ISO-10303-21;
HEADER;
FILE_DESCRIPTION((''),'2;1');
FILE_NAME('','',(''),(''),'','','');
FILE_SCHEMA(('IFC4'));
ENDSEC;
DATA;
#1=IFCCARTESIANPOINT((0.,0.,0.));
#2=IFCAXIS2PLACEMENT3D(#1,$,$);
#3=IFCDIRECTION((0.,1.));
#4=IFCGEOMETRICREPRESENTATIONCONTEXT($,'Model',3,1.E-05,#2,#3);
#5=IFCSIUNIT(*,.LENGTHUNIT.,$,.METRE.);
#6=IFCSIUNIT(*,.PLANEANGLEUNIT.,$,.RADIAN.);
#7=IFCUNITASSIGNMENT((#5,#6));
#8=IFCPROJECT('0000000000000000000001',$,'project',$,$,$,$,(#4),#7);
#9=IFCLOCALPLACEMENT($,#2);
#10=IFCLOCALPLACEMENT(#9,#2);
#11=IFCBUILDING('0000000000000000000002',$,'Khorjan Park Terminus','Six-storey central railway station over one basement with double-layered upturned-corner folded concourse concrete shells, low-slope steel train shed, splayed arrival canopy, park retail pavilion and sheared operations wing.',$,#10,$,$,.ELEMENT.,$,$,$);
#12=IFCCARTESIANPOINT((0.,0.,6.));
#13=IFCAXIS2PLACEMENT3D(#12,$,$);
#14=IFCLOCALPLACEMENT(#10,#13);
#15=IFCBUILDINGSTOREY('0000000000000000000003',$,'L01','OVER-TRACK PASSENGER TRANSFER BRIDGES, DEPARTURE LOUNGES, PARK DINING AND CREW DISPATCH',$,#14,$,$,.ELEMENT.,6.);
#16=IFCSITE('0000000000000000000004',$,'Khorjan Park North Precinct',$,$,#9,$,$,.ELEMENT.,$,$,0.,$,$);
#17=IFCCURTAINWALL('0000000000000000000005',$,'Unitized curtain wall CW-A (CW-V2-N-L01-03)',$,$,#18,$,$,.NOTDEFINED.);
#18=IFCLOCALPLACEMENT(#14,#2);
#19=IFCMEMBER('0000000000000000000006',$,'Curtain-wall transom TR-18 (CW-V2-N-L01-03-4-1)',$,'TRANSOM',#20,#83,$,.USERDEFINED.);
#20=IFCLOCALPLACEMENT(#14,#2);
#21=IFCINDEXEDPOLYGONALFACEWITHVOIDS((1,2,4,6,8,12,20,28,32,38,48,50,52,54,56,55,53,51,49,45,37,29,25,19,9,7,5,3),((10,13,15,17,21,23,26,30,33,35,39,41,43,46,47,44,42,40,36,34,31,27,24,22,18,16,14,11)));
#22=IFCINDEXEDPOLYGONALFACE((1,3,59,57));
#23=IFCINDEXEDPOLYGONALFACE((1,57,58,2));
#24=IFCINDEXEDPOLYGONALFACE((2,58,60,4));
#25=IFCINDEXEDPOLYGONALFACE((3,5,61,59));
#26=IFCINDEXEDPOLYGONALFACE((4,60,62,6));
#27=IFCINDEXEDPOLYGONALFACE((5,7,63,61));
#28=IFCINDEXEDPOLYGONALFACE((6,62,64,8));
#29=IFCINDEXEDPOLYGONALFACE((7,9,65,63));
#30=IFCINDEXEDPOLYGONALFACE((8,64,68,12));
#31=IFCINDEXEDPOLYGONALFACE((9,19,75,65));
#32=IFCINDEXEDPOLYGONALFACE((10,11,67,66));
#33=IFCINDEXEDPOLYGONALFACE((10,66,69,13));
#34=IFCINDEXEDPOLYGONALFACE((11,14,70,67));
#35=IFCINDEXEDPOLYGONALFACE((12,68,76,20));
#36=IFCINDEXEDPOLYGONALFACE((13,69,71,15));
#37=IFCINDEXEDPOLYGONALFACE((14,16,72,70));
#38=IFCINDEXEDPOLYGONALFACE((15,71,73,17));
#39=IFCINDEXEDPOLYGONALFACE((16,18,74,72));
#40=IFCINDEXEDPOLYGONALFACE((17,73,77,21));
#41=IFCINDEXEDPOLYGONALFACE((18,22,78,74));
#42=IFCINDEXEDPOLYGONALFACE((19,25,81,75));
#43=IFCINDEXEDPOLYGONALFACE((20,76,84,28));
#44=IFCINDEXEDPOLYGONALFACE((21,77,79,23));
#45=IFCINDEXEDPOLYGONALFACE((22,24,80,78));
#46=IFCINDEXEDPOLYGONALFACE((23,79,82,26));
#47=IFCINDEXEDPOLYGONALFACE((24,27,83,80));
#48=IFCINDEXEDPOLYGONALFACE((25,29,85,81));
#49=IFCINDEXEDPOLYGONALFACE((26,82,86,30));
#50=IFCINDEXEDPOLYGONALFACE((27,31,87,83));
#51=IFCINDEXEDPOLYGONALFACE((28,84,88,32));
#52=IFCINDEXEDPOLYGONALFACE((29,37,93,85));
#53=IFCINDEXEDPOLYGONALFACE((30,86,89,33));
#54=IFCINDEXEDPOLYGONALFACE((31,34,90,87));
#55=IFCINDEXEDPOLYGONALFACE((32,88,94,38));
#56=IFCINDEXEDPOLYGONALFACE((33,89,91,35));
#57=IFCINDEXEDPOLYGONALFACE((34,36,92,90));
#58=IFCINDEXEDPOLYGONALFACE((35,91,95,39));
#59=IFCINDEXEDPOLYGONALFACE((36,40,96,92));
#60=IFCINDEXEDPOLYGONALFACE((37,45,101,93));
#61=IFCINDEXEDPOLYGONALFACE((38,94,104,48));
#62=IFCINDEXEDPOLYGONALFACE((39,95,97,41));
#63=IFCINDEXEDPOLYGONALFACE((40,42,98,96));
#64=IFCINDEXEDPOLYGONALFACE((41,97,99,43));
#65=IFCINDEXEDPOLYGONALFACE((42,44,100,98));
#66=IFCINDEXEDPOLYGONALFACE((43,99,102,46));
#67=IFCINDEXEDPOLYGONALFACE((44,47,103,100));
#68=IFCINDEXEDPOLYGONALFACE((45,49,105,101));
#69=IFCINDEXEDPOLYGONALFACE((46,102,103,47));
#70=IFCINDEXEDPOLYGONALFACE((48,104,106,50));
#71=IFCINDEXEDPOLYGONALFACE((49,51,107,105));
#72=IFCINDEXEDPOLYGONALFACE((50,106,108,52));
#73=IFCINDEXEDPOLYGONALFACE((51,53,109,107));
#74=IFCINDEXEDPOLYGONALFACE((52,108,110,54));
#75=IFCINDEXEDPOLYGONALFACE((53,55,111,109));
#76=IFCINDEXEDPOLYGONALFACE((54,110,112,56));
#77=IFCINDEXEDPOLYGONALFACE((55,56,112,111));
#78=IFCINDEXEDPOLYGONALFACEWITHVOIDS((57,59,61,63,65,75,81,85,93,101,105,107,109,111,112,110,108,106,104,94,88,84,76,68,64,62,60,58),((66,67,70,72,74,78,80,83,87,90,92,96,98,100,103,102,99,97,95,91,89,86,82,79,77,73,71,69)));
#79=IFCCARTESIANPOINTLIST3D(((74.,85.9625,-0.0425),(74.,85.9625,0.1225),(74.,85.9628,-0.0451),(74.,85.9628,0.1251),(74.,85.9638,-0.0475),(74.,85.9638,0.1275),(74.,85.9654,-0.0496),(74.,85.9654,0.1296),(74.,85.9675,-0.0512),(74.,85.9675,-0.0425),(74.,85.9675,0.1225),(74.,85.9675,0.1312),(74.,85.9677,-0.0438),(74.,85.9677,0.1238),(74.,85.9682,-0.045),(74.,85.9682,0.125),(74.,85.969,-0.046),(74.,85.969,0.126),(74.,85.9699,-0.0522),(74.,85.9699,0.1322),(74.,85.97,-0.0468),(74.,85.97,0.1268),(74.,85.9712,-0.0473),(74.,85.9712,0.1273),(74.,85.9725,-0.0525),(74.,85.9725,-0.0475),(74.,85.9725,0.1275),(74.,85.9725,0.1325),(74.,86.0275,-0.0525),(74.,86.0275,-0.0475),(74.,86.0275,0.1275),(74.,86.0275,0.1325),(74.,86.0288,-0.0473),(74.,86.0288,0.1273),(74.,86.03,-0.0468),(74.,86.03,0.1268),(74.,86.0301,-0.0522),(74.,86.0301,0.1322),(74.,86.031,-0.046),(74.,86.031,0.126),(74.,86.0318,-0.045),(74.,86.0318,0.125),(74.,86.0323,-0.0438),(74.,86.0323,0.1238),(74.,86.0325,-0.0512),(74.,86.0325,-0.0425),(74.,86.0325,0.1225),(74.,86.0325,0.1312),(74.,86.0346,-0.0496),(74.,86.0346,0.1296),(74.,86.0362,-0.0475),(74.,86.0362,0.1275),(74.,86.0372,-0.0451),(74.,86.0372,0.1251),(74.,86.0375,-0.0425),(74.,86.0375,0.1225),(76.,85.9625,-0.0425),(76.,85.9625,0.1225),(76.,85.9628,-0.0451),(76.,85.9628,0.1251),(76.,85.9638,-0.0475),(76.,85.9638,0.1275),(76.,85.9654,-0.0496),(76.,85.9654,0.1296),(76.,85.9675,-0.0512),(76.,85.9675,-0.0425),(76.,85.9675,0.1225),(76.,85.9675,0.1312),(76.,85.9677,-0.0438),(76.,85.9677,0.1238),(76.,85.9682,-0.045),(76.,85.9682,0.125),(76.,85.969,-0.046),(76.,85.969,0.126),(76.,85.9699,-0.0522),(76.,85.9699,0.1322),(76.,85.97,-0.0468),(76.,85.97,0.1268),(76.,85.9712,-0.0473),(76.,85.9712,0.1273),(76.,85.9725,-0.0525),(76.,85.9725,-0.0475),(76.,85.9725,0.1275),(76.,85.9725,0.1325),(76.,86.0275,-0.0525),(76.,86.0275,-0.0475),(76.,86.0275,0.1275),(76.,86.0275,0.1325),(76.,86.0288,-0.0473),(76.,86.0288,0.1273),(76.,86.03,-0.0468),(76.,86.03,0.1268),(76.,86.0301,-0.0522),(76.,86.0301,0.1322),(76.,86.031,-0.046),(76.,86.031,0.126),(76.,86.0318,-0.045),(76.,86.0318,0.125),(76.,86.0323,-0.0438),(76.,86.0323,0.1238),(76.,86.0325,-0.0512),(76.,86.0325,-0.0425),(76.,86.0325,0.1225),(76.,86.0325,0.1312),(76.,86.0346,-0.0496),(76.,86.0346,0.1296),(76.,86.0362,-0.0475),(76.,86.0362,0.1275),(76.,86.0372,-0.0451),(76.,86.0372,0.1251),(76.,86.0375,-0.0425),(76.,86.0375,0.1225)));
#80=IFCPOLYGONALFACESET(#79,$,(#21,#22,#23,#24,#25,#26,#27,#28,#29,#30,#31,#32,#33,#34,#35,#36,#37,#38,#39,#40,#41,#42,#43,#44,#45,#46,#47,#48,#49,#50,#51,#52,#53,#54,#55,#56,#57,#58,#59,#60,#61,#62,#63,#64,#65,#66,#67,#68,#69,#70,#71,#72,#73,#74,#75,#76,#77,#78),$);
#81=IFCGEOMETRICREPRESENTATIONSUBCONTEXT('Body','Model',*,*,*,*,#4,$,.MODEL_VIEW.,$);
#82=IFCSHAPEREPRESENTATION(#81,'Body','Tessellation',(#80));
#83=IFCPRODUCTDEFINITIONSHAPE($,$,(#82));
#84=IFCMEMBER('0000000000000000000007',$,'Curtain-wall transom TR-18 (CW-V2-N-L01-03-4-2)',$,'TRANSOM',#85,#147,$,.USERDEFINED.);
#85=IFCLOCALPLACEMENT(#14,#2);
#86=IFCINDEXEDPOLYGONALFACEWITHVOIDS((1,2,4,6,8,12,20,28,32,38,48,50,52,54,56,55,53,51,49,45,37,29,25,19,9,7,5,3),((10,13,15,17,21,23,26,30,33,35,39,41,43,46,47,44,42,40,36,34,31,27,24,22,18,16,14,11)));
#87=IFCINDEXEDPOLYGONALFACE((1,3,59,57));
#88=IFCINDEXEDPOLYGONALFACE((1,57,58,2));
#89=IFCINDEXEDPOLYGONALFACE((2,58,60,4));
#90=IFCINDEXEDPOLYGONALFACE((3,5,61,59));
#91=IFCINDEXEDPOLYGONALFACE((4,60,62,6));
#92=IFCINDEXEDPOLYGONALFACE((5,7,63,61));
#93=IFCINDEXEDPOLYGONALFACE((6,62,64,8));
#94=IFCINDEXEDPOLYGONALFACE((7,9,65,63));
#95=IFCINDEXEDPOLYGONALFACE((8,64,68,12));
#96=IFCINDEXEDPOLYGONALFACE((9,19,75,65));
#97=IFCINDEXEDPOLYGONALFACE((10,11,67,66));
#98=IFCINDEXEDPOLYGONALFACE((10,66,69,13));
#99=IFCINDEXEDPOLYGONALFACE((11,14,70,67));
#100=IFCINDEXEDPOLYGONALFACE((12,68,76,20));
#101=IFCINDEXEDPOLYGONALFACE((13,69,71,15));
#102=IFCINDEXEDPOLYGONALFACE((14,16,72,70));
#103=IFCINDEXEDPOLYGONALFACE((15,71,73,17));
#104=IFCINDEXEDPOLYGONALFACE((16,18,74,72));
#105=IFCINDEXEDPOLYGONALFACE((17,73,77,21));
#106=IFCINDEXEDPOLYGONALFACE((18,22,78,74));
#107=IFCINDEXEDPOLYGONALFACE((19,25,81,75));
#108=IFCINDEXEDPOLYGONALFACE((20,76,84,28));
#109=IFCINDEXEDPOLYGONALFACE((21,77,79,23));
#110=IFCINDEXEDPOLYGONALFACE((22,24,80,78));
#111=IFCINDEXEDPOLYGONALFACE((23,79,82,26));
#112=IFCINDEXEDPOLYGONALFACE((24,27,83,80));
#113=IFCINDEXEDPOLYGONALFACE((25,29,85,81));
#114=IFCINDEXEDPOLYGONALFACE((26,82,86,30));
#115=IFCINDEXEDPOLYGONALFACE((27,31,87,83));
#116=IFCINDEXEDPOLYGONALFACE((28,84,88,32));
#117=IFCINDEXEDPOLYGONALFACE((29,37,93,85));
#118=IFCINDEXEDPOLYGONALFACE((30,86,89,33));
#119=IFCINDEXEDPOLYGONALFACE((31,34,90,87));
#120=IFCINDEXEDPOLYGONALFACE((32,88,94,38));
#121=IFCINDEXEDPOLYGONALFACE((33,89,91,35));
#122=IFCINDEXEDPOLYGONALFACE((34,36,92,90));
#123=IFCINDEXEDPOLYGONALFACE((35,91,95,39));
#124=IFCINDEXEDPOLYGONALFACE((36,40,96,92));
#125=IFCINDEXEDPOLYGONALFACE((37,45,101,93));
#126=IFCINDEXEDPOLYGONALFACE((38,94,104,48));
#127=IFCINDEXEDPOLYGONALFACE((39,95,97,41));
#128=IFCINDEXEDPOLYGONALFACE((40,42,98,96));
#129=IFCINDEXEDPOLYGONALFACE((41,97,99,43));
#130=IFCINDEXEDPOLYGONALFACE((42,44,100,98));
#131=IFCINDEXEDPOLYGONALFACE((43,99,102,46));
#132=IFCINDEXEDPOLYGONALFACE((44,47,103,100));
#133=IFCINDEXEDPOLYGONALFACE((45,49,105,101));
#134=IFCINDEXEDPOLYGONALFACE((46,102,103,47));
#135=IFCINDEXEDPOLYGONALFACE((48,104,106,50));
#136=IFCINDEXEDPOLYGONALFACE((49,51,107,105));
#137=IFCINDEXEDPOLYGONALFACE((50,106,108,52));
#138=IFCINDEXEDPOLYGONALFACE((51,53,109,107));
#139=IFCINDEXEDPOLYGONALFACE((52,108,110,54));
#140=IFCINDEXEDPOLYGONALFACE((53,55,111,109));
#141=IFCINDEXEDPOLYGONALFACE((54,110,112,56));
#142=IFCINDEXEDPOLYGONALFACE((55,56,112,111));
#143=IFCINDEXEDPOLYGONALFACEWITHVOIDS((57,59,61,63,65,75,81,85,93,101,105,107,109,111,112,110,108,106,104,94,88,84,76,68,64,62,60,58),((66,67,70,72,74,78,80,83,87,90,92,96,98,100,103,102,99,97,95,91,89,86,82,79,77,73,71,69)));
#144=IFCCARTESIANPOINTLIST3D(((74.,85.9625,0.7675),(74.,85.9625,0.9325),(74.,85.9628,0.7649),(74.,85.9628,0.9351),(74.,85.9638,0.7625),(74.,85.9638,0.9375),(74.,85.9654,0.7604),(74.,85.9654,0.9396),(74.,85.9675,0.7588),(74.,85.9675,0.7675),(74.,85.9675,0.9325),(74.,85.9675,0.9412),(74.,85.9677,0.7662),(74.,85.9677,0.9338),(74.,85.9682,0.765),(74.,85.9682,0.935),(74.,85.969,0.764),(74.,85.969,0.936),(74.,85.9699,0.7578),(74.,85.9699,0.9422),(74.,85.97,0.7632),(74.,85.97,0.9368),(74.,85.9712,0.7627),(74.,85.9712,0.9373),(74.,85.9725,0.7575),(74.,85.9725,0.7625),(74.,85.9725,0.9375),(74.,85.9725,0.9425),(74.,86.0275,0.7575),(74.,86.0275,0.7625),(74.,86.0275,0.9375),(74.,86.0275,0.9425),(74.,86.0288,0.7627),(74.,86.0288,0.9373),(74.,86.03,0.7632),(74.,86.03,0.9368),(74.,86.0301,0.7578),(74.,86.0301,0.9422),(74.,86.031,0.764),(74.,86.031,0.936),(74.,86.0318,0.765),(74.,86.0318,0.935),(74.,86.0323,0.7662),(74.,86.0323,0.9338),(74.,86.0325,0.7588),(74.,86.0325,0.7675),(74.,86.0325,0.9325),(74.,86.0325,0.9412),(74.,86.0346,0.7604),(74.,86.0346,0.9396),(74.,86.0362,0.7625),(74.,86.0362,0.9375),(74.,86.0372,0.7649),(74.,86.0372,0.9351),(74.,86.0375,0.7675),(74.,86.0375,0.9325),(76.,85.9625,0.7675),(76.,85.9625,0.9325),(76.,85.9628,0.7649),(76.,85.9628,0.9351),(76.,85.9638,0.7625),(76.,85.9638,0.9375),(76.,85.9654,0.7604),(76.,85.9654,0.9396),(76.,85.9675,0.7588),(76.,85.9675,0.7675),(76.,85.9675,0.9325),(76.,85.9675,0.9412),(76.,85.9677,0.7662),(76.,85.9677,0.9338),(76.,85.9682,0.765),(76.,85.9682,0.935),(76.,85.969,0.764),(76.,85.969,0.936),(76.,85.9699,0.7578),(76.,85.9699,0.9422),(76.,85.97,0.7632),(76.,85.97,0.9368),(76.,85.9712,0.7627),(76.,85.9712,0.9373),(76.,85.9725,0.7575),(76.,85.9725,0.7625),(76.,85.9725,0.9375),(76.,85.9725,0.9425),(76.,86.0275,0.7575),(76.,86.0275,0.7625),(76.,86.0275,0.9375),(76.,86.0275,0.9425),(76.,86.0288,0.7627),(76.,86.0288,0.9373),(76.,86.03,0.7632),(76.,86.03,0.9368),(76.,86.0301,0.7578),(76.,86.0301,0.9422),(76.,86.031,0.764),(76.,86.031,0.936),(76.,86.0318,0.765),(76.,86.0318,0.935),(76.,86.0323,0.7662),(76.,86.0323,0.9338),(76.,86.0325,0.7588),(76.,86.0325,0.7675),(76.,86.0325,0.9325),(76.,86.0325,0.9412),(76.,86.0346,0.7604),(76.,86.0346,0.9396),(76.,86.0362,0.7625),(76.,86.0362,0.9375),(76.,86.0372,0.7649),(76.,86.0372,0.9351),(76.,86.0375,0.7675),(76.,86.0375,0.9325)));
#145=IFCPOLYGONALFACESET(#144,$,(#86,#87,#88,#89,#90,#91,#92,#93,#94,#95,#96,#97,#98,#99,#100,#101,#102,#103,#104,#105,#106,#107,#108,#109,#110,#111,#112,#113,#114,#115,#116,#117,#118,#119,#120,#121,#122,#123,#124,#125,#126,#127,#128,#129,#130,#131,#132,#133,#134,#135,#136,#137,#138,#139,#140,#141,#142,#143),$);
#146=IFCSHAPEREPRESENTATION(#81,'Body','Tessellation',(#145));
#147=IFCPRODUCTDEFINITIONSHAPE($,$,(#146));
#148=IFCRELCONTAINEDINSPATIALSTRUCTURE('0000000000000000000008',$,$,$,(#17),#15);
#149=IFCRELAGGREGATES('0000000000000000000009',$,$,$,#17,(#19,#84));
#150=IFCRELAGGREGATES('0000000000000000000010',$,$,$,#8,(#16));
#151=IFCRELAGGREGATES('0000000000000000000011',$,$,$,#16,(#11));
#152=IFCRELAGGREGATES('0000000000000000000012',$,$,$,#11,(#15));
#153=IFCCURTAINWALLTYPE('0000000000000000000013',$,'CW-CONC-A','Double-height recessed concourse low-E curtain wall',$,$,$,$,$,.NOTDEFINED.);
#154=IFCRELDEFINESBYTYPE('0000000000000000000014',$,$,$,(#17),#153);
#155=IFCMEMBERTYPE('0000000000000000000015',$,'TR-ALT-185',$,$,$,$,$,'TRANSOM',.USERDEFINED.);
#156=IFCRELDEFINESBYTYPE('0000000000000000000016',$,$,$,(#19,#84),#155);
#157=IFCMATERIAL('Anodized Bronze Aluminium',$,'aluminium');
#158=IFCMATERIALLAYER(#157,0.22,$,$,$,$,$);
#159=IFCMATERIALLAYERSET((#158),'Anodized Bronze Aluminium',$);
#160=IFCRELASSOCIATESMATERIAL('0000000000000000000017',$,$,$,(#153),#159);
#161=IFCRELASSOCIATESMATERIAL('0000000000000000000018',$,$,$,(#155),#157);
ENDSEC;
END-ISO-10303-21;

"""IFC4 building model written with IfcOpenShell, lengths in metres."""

from ifc_helpers import new_model, si_unit, direction, frame, origin, origin_2d, place, context, subcontext, project, spatial, hollow_rectangle, extrude, material, layer, layer_set, material_profile, profile_set, type_object, element, aggregate, save


model = new_model("IFC4")

# Units and contexts
model_context = context("Model", 3, precision=1e-05, world=origin(), true_north=direction((0.0, 1.0)))
body_context = subcontext(model_context, "Body", "Model", "MODEL_VIEW")
ifc_project = project(units=[si_unit("LENGTHUNIT", "METRE"), si_unit("PLANEANGLEUNIT", "RADIAN")], contexts=[model_context])

# Site, building, storey
site_placement = place(None, origin())
site = spatial("IfcSite", under=ifc_project, at=site_placement, Name="Khorjan Park North Precinct", CompositionType="ELEMENT", RefElevation=0.0)
building_placement = place(site_placement, origin())
building = spatial("IfcBuilding", under=site, at=building_placement, Name="Khorjan Park Terminus", Description="Six-storey central railway station over one basement with double-layered upturned-corner folded concourse concrete shells, low-slope steel train shed, splayed arrival canopy, park retail pavilion and sheared operations wing.", CompositionType="ELEMENT")
storey_placement = place(building_placement, frame((0.0, 0.0, 6.0)))
storey = spatial("IfcBuildingStorey", under=building, at=storey_placement, Name="L01", Description="OVER-TRACK PASSENGER TRANSFER BRIDGES, DEPARTURE LOUNGES, PARK DINING AND CREW DISPATCH", CompositionType="ELEMENT", Elevation=6.0)

# Shared definitions
ifc_material_1 = material(Name="Anodized Bronze Aluminium", Category="aluminium")

# Curtain wall
ifc_layer_1 = layer(ifc_material_1, 0.22)
ifc_layer_set_1 = layer_set([ifc_layer_1], Name="Anodized Bronze Aluminium")
curtain_wall_type_1 = type_object("IfcCurtainWallType", Name="CW-CONC-A", Description="Double-height recessed concourse low-E curtain wall", PredefinedType="NOTDEFINED", material=ifc_layer_set_1)
curtain_wall_1_placement = place(storey_placement, origin())
curtain_wall_1 = element("IfcCurtainWall", 1, at=curtain_wall_1_placement, inside=storey, type_object=curtain_wall_type_1, Name="Unitized curtain wall CW-A (CW-V2-N-L01-03)", PredefinedType="NOTDEFINED")

# Members
ifc_material_profile_1 = material_profile(ifc_material_1, hollow_rectangle(XDim=0.075, YDim=0.185, WallThickness=0.005, InnerFilletRadius=0.005, OuterFilletRadius=0.01, at=origin_2d()), Name="ALT 75x185x5")
ifc_profile_set_1 = profile_set([ifc_material_profile_1], Name="Anodized Bronze Aluminium")
member_type_1 = type_object("IfcMemberType", Name="TR-ALT-185", ElementType="TRANSOM", PredefinedType="USERDEFINED", material=ifc_profile_set_1)
member_1_placement = place(storey_placement, frame((76.0, 86.0, 0.04), z_axis=(-1.0, 0.0, 0.0), x_axis=(0.0, -1.0, 0.0)))
member_1 = element("IfcMember", 2, at=member_1_placement, type_object=member_type_1, Name="Curtain-wall transom TR-18 (CW-V2-N-L01-03-4-1)", ObjectType="TRANSOM", PredefinedType="USERDEFINED", context=body_context, shape_type="SweptSolid", body=[
    extrude(hollow_rectangle(XDim=0.075, YDim=0.185, WallThickness=0.005, InnerFilletRadius=0.005, OuterFilletRadius=0.01, at=origin_2d()), origin(), (0.0, 0.0, 1.0), 2.0),
])
member_2_placement = place(storey_placement, frame((76.0, 86.0, 0.85), z_axis=(-1.0, 0.0, 0.0), x_axis=(0.0, -1.0, 0.0)))
member_2 = element("IfcMember", 3, at=member_2_placement, type_object=member_type_1, Name="Curtain-wall transom TR-18 (CW-V2-N-L01-03-4-2)", ObjectType="TRANSOM", PredefinedType="USERDEFINED", context=body_context, shape_type="SweptSolid", body=[
    extrude(hollow_rectangle(XDim=0.075, YDim=0.185, WallThickness=0.005, InnerFilletRadius=0.005, OuterFilletRadius=0.01, at=origin_2d()), origin(), (0.0, 0.0, 1.0), 2.0),
])

aggregate(curtain_wall_1, [member_1, member_2])

save(model, "model.ifc")
